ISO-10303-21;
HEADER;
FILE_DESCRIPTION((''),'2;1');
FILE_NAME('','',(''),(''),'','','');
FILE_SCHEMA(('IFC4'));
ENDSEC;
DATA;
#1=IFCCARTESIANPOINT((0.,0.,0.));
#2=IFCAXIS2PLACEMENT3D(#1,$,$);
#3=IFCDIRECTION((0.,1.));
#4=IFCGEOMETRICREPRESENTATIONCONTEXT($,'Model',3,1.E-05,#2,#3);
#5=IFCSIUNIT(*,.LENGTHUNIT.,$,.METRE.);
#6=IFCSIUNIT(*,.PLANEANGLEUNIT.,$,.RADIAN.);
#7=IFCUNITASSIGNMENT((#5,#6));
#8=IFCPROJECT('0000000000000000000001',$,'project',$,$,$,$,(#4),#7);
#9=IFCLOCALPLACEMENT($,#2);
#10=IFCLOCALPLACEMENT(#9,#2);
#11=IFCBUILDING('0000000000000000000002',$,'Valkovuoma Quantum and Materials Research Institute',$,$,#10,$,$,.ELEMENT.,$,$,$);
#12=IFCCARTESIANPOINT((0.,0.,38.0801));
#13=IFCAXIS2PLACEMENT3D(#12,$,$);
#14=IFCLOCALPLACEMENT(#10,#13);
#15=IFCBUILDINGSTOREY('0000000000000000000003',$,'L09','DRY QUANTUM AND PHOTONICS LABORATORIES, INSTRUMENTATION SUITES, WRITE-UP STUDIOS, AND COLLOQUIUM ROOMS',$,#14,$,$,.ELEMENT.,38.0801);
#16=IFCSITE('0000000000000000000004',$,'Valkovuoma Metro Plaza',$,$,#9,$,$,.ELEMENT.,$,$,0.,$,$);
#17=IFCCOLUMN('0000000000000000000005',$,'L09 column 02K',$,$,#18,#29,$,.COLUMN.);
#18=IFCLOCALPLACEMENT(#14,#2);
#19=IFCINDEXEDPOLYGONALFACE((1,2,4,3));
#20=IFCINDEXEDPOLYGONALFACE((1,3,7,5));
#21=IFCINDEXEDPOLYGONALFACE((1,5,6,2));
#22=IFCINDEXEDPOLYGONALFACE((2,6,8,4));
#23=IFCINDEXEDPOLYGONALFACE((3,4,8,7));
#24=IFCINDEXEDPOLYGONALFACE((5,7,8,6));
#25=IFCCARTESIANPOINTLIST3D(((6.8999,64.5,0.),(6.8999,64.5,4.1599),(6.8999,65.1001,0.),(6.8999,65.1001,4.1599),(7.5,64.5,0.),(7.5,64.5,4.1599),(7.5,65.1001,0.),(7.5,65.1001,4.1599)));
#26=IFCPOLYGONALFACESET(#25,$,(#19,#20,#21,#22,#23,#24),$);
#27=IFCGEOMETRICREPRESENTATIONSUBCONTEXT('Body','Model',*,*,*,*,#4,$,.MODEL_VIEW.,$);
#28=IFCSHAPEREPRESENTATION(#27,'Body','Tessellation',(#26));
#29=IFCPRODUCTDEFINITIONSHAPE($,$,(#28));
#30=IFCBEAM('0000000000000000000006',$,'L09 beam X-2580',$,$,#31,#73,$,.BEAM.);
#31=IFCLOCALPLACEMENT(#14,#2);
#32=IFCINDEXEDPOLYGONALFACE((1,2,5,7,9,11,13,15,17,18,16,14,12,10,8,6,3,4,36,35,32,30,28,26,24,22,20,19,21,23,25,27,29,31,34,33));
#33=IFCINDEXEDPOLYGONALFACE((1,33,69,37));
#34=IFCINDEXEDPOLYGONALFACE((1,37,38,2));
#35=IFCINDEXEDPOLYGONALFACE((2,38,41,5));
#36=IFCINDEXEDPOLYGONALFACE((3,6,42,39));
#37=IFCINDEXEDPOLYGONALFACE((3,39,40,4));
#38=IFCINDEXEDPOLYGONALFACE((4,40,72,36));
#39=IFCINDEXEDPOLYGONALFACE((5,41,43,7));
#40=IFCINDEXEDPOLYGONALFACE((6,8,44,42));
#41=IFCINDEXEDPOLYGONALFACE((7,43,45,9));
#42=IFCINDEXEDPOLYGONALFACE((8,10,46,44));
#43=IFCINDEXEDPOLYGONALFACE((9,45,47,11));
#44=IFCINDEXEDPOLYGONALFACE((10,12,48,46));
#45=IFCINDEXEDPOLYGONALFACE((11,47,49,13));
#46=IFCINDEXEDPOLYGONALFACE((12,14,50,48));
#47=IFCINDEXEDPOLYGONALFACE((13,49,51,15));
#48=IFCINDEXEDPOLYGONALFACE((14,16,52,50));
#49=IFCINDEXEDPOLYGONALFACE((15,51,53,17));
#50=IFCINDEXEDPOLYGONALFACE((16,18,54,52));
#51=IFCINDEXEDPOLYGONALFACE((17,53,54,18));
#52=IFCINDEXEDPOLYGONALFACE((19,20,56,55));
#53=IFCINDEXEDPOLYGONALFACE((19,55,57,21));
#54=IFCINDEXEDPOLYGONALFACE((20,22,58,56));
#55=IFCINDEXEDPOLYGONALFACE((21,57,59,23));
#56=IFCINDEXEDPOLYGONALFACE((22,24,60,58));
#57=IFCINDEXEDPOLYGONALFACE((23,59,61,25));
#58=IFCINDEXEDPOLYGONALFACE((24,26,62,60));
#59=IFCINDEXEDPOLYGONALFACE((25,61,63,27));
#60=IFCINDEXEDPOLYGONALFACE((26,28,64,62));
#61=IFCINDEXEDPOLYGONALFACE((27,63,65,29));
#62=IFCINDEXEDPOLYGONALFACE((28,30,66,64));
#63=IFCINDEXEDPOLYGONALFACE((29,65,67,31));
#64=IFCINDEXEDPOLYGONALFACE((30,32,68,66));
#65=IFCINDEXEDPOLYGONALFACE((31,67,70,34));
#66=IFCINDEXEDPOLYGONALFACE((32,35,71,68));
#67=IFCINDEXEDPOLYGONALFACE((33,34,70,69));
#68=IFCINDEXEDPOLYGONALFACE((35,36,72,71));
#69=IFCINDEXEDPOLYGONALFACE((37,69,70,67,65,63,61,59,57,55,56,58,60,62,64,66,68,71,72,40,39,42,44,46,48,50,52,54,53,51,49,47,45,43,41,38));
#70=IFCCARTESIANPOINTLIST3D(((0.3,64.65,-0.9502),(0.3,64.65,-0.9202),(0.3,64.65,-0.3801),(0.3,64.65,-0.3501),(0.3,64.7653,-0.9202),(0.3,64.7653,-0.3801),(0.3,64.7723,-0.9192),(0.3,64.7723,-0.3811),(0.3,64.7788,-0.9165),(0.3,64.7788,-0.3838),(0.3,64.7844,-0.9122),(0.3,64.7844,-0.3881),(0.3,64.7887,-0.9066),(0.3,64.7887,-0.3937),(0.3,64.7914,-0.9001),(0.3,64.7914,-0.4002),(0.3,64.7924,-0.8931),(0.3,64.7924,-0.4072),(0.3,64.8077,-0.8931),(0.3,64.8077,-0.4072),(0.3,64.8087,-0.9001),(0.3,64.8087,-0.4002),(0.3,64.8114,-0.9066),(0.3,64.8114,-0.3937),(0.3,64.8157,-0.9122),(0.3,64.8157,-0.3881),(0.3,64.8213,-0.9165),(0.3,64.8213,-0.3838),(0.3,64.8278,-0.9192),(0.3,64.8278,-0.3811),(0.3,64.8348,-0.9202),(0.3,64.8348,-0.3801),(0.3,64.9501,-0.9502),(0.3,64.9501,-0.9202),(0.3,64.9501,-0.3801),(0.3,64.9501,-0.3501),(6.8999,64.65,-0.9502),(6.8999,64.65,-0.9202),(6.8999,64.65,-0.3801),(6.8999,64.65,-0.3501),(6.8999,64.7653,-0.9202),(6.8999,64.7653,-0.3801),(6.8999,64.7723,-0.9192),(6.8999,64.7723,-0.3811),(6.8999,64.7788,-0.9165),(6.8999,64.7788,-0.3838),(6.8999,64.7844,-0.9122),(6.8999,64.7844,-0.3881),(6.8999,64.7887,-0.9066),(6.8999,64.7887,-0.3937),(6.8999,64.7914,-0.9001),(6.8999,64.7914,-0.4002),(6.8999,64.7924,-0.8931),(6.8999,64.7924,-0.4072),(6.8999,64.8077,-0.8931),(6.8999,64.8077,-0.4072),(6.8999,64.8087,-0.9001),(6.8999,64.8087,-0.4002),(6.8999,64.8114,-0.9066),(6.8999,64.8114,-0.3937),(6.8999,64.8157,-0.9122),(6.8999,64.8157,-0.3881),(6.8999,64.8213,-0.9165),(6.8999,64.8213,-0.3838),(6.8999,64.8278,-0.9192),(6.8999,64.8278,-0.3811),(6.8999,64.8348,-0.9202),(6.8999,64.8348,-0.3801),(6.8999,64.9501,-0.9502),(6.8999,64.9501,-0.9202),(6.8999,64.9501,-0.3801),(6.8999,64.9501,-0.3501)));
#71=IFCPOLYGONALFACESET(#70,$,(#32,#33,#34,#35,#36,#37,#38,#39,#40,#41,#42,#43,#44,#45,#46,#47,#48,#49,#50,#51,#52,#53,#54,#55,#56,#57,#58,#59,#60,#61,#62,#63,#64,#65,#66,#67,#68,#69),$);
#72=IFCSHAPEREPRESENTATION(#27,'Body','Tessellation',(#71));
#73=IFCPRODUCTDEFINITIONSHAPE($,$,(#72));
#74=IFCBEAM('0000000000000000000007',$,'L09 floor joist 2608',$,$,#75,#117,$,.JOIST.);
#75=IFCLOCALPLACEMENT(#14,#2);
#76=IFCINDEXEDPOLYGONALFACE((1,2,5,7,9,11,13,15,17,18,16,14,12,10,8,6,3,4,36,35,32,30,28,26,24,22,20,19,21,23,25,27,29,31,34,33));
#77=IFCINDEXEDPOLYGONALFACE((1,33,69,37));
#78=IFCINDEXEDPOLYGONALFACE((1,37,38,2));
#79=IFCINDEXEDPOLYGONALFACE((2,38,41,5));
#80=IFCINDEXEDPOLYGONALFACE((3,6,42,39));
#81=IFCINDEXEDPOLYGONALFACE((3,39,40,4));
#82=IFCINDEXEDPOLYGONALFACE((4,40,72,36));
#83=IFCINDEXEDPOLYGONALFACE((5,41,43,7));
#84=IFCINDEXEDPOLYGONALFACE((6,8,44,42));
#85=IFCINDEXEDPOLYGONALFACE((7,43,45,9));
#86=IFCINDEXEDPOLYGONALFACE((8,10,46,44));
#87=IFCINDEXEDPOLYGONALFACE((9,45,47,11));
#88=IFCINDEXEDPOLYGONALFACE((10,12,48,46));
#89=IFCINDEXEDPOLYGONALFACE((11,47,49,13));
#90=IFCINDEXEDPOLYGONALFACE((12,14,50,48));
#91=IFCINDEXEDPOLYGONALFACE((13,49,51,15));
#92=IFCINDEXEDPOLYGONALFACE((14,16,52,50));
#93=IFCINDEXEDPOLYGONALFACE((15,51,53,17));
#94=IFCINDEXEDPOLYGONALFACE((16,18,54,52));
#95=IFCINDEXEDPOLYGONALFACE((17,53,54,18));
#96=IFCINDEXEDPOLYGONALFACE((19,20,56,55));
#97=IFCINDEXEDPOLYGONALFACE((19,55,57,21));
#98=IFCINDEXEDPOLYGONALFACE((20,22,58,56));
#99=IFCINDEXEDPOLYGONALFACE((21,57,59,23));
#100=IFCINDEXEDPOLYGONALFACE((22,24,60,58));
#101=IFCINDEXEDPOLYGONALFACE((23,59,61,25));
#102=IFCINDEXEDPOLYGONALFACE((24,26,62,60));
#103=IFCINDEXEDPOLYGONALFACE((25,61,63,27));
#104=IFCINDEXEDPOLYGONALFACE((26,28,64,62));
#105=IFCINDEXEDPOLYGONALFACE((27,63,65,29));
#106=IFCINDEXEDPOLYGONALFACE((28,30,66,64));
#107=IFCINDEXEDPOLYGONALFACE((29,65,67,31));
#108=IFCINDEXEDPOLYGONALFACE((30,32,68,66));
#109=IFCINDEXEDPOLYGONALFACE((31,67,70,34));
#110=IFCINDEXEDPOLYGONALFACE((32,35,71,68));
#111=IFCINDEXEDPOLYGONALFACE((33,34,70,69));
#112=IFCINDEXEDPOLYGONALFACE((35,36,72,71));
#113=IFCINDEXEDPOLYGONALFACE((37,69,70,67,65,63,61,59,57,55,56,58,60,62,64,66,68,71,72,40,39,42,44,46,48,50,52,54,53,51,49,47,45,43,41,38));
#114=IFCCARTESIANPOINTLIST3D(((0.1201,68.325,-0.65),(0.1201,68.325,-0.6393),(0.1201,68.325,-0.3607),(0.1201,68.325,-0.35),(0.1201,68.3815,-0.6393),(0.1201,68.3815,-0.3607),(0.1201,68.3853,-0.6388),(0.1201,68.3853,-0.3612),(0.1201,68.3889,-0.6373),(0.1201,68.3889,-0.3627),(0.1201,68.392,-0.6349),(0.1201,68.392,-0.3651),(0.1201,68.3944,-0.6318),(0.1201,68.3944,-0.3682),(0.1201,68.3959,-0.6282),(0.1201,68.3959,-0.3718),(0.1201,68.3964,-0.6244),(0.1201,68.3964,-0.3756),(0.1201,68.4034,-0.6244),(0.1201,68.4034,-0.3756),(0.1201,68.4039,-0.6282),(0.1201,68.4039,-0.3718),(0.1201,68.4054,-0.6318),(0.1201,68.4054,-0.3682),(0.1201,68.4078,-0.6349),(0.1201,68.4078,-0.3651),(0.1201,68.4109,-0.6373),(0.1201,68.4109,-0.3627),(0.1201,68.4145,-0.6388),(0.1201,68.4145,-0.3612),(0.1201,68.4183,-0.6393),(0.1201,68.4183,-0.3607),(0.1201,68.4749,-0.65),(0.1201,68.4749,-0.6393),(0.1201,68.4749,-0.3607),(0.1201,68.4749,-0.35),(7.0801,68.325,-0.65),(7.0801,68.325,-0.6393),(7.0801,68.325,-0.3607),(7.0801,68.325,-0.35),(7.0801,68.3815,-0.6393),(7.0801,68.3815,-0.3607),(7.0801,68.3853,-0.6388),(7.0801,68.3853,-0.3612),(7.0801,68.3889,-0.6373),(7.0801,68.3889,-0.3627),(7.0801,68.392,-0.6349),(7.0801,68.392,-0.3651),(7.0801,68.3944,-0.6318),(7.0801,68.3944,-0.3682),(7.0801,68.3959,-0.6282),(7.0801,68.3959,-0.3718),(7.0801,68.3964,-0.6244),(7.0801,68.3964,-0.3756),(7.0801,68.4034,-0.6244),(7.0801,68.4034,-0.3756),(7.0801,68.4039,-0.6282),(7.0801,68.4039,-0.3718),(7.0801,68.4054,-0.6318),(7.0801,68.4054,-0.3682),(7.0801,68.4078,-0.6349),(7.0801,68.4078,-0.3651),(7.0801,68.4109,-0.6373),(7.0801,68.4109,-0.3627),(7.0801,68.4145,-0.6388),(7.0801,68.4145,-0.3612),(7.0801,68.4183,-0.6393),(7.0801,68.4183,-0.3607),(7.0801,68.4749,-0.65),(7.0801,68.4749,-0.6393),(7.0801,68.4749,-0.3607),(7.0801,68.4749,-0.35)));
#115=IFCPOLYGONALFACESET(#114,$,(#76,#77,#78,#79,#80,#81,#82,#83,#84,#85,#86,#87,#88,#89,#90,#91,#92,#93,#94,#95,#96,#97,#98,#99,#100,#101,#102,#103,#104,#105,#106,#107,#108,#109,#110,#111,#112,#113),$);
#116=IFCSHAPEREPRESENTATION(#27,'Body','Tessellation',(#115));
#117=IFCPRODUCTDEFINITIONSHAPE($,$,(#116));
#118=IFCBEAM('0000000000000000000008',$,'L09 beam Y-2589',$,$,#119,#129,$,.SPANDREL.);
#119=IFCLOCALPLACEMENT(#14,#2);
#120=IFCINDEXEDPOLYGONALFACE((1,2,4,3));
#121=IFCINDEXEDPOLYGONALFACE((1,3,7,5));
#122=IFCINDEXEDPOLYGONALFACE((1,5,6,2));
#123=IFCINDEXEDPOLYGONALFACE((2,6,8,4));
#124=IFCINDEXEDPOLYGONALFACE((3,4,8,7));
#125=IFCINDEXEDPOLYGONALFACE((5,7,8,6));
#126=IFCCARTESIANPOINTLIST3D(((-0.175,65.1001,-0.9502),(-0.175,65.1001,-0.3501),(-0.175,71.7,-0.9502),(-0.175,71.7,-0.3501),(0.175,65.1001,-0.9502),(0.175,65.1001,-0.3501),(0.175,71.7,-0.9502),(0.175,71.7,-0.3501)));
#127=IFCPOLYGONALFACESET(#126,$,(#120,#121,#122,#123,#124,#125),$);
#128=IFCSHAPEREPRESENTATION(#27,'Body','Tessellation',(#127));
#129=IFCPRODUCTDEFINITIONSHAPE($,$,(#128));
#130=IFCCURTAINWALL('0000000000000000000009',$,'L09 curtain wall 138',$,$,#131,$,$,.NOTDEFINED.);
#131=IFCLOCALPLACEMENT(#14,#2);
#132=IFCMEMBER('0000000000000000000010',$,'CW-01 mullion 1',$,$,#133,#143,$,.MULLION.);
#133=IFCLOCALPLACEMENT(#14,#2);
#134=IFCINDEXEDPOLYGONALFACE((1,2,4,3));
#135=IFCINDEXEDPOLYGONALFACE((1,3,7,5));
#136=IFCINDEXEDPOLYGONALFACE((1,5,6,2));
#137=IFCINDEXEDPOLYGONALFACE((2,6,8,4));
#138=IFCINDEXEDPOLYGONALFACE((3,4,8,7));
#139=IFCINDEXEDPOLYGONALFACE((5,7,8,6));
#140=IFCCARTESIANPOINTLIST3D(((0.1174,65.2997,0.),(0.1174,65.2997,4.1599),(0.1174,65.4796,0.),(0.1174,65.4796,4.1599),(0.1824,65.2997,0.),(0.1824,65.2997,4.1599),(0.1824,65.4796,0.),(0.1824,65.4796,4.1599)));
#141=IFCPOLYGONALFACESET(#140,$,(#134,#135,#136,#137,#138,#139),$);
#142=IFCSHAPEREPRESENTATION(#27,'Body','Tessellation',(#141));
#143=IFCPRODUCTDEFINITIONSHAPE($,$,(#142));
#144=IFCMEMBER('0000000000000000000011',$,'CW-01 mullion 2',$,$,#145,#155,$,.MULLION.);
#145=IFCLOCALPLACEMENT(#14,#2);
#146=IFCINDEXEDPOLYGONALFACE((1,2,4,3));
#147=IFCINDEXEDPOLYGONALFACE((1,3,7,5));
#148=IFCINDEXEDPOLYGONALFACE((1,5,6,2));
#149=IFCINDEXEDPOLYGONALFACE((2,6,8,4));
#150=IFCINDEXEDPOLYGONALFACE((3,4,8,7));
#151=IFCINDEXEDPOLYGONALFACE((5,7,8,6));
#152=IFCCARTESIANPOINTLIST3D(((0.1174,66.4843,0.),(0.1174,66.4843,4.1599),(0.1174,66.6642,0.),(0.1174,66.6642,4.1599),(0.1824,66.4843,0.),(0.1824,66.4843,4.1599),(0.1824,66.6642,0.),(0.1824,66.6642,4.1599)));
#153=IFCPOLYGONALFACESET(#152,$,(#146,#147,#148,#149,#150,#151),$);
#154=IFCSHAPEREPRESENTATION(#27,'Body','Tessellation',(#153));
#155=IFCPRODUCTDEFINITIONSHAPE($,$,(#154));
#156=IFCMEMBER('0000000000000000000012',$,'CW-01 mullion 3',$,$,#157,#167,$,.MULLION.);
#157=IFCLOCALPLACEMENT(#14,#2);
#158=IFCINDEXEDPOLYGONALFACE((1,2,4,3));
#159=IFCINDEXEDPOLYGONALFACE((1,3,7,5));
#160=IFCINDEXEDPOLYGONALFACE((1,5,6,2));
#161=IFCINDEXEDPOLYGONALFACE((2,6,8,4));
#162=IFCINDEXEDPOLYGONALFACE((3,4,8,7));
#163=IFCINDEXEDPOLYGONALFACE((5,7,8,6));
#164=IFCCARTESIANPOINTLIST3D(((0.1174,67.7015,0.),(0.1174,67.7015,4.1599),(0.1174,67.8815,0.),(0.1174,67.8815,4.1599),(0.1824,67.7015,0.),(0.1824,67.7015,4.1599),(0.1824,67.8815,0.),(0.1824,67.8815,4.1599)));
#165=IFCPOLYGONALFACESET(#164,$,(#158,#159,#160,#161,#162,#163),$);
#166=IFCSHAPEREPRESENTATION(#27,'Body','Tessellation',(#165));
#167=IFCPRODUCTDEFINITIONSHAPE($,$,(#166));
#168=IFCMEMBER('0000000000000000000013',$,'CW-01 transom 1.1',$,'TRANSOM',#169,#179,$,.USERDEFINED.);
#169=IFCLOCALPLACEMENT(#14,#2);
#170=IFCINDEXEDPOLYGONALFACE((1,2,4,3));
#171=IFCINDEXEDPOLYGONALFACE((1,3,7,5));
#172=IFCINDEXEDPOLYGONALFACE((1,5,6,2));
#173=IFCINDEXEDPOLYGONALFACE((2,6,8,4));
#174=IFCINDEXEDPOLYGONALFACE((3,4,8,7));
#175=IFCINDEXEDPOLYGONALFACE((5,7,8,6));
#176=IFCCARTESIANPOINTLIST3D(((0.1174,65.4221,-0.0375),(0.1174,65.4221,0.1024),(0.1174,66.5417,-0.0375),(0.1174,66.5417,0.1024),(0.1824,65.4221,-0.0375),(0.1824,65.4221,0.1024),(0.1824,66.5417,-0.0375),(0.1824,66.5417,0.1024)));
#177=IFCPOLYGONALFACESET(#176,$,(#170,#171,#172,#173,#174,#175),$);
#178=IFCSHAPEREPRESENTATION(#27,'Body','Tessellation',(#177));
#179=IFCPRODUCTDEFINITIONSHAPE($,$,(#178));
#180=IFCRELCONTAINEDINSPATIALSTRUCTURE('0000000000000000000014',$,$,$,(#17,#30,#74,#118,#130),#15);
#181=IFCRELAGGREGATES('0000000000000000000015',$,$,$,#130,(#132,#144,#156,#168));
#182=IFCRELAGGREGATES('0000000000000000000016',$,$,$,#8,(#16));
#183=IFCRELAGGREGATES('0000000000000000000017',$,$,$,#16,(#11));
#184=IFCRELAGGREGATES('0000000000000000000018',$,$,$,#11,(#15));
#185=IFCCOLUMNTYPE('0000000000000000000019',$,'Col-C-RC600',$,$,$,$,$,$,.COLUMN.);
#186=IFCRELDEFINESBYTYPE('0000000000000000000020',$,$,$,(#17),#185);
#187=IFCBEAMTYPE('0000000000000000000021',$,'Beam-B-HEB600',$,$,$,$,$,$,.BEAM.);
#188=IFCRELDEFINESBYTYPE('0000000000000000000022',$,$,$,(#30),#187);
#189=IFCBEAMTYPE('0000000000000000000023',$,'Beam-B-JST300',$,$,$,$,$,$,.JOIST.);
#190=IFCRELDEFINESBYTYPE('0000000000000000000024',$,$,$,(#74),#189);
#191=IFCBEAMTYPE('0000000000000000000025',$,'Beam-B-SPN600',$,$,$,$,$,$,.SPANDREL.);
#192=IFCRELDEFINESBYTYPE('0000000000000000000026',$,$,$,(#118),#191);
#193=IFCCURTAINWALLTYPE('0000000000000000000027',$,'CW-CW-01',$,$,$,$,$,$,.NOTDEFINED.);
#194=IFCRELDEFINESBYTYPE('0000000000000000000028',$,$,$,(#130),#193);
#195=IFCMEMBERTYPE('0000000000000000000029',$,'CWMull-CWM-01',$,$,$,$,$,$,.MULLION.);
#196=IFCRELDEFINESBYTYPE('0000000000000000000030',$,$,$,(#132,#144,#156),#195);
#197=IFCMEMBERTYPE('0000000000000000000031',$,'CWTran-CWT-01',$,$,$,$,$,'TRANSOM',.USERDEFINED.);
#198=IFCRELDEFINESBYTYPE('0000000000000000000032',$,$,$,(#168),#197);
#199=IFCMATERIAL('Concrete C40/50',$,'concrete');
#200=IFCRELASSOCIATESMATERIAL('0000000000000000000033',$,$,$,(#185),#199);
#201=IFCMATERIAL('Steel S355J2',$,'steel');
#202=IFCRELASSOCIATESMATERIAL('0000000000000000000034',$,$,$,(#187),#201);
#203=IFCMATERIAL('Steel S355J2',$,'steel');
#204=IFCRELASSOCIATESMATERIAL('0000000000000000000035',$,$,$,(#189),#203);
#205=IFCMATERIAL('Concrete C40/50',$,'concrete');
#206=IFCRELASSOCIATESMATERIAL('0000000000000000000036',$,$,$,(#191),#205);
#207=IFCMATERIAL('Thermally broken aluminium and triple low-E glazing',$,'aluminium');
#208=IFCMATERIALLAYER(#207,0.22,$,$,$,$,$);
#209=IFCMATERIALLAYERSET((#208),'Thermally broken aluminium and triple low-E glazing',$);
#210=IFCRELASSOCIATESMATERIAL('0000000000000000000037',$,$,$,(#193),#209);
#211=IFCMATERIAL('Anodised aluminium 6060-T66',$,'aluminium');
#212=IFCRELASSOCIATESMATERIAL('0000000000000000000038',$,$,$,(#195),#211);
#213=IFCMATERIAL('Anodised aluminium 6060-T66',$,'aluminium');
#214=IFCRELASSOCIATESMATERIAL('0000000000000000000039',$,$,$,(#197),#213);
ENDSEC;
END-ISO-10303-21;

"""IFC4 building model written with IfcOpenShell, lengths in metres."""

from ifc_helpers import new_model, si_unit, direction, frame, origin, origin_2d, place, context, subcontext, project, spatial, rectangle, i_section, extrude, material, layer, layer_set, material_profile, profile_set, type_object, element, aggregate, save


model = new_model("IFC4")

# Units and contexts
model_context = context("Model", 3, precision=1e-05, world=origin(), true_north=direction((0.0, 1.0)))
body_context = subcontext(model_context, "Body", "Model", "MODEL_VIEW")
ifc_project = project(units=[si_unit("LENGTHUNIT", "METRE"), si_unit("PLANEANGLEUNIT", "RADIAN")], contexts=[model_context])

# Site, building, storey
site_placement = place(None, origin())
site = spatial("IfcSite", under=ifc_project, at=site_placement, Name="Valkovuoma Metro Plaza", CompositionType="ELEMENT", RefElevation=0.0)
building_placement = place(site_placement, origin())
building = spatial("IfcBuilding", under=site, at=building_placement, Name="Valkovuoma Quantum and Materials Research Institute", CompositionType="ELEMENT")
storey_placement = place(building_placement, frame((0.0, 0.0, 38.0801)))
storey = spatial("IfcBuildingStorey", under=building, at=storey_placement, Name="L09", Description="DRY QUANTUM AND PHOTONICS LABORATORIES, INSTRUMENTATION SUITES, WRITE-UP STUDIOS, AND COLLOQUIUM ROOMS", CompositionType="ELEMENT", Elevation=38.0801)

# Column
ifc_material_1 = material(Name="Concrete C40/50", Category="concrete")
ifc_material_profile_1 = material_profile(ifc_material_1, rectangle(XDim=0.6001, YDim=0.6001, at=origin_2d()), Name="Concrete C40/50")
ifc_profile_set_1 = profile_set([ifc_material_profile_1], Name="Concrete C40/50")
column_type = type_object("IfcColumnType", Name="Col-C-RC600", PredefinedType="COLUMN", material=ifc_profile_set_1)
column_placement = place(storey_placement, frame((7.2, 64.8, 0.0), z_axis=(0.0, 0.0, 1.0), x_axis=(1.0, 0.0, 0.0)))
element("IfcColumn", 1, at=column_placement, inside=storey, type_object=column_type, Name="L09 column 02K", PredefinedType="COLUMN", context=body_context, shape_type="SweptSolid", body=[
    extrude(rectangle(XDim=0.6001, YDim=0.6001, at=origin_2d()), origin(), (0.0, 0.0, 1.0), 4.1599),
])

# Beams
ifc_material_2 = material(Name="Steel S355J2", Category="steel")
ifc_material_profile_2 = material_profile(ifc_material_2, i_section(OverallWidth=0.3, OverallDepth=0.6001, WebThickness=0.0154, FlangeThickness=0.03, FilletRadius=0.0271, at=origin_2d()), Name="Steel S355J2")
ifc_profile_set_2 = profile_set([ifc_material_profile_2], Name="Steel S355J2")
beam_type_1 = type_object("IfcBeamType", Name="Beam-B-HEB600", PredefinedType="BEAM", material=ifc_profile_set_2)
beam_1_placement = place(storey_placement, frame((0.3, 64.8, -0.6501), z_axis=(1.0, 0.0, 0.0), x_axis=(0.0, 1.0, 0.0)))
element("IfcBeam", 2, at=beam_1_placement, inside=storey, type_object=beam_type_1, Name="L09 beam X-2580", PredefinedType="BEAM", context=body_context, shape_type="SweptSolid", body=[
    extrude(i_section(OverallWidth=0.3, OverallDepth=0.6001, WebThickness=0.0154, FlangeThickness=0.03, FilletRadius=0.0271, at=origin_2d()), origin(), (0.0, 0.0, 1.0), 6.5999),
])
ifc_material_3 = material(Name="Steel S355J2", Category="steel")
ifc_material_profile_3 = material_profile(ifc_material_3, i_section(OverallWidth=0.1499, OverallDepth=0.3, WebThickness=0.0071, FlangeThickness=0.0107, FilletRadius=0.0149, at=origin_2d()), Name="Steel S355J2")
ifc_profile_set_3 = profile_set([ifc_material_profile_3], Name="Steel S355J2")
beam_type_2 = type_object("IfcBeamType", Name="Beam-B-JST300", PredefinedType="JOIST", material=ifc_profile_set_3)
beam_2_placement = place(storey_placement, frame((0.1201, 68.3999, -0.5), z_axis=(1.0, 0.0, 0.0), x_axis=(0.0, 1.0, 0.0)))
element("IfcBeam", 3, at=beam_2_placement, inside=storey, type_object=beam_type_2, Name="L09 floor joist 2608", PredefinedType="JOIST", context=body_context, shape_type="SweptSolid", body=[
    extrude(i_section(OverallWidth=0.1499, OverallDepth=0.3, WebThickness=0.0071, FlangeThickness=0.0107, FilletRadius=0.0149, at=origin_2d()), origin(), (0.0, 0.0, 1.0), 6.96),
])
ifc_material_4 = material(Name="Concrete C40/50", Category="concrete")
ifc_material_profile_4 = material_profile(ifc_material_4, rectangle(XDim=0.3501, YDim=0.6001, at=origin_2d()), Name="Concrete C40/50")
ifc_profile_set_4 = profile_set([ifc_material_profile_4], Name="Concrete C40/50")
beam_type_3 = type_object("IfcBeamType", Name="Beam-B-SPN600", PredefinedType="SPANDREL", material=ifc_profile_set_4)
beam_3_placement = place(storey_placement, frame((0.0, 65.1001, -0.6501), z_axis=(0.0, 1.0, 0.0), x_axis=(-1.0, 0.0, 0.0)))
element("IfcBeam", 4, at=beam_3_placement, inside=storey, type_object=beam_type_3, Name="L09 beam Y-2589", PredefinedType="SPANDREL", context=body_context, shape_type="SweptSolid", body=[
    extrude(rectangle(XDim=0.3501, YDim=0.6001, at=origin_2d()), origin(), (0.0, 0.0, 1.0), 6.5999),
])

# Curtain wall, members
ifc_material_5 = material(Name="Thermally broken aluminium and triple low-E glazing", Category="aluminium")
ifc_layer_1 = layer(ifc_material_5, 0.22)
ifc_layer_set_1 = layer_set([ifc_layer_1], Name="Thermally broken aluminium and triple low-E glazing")
curtain_wall_type = type_object("IfcCurtainWallType", Name="CW-CW-01", PredefinedType="NOTDEFINED", material=ifc_layer_set_1)
curtain_wall_placement = place(storey_placement, origin())
curtain_wall = element("IfcCurtainWall", 5, at=curtain_wall_placement, inside=storey, type_object=curtain_wall_type, Name="L09 curtain wall 138", PredefinedType="NOTDEFINED")
ifc_material_6 = material(Name="Anodised aluminium 6060-T66", Category="aluminium")
ifc_material_profile_5 = material_profile(ifc_material_6, rectangle(XDim=0.0649, YDim=0.1799, at=origin_2d()), Name="Anodised aluminium 6060-T66")
ifc_profile_set_5 = profile_set([ifc_material_profile_5], Name="Anodised aluminium 6060-T66")
member_type_1 = type_object("IfcMemberType", Name="CWMull-CWM-01", PredefinedType="MULLION", material=ifc_profile_set_5)
member_1_placement = place(storey_placement, frame((0.1499, 65.3896, 0.0), z_axis=(0.0, 0.0, 1.0), x_axis=(-1.0, 0.0, 0.0)))
member_1 = element("IfcMember", 6, at=member_1_placement, type_object=member_type_1, Name="CW-01 mullion 1", PredefinedType="MULLION", context=body_context, shape_type="SweptSolid", body=[
    extrude(rectangle(XDim=0.0649, YDim=0.1799, at=origin_2d()), origin(), (0.0, 0.0, 1.0), 4.1599),
])
member_2_placement = place(storey_placement, frame((0.1499, 66.5742, 0.0), z_axis=(0.0, 0.0, 1.0), x_axis=(-1.0, 0.0, 0.0)))
member_2 = element("IfcMember", 7, at=member_2_placement, type_object=member_type_1, Name="CW-01 mullion 2", PredefinedType="MULLION", context=body_context, shape_type="SweptSolid", body=[
    extrude(rectangle(XDim=0.0649, YDim=0.1799, at=origin_2d()), origin(), (0.0, 0.0, 1.0), 4.1599),
])
member_3_placement = place(storey_placement, frame((0.1499, 67.7915, 0.0), z_axis=(0.0, 0.0, 1.0), x_axis=(-1.0, 0.0, 0.0)))
member_3 = element("IfcMember", 8, at=member_3_placement, type_object=member_type_1, Name="CW-01 mullion 3", PredefinedType="MULLION", context=body_context, shape_type="SweptSolid", body=[
    extrude(rectangle(XDim=0.0649, YDim=0.1799, at=origin_2d()), origin(), (0.0, 0.0, 1.0), 4.1599),
])
ifc_material_7 = material(Name="Anodised aluminium 6060-T66", Category="aluminium")
ifc_material_profile_6 = material_profile(ifc_material_7, rectangle(XDim=0.0649, YDim=0.1399, at=origin_2d()), Name="Anodised aluminium 6060-T66")
ifc_profile_set_6 = profile_set([ifc_material_profile_6], Name="Anodised aluminium 6060-T66")
member_type_2 = type_object("IfcMemberType", Name="CWTran-CWT-01", ElementType="TRANSOM", PredefinedType="USERDEFINED", material=ifc_profile_set_6)
member_4_placement = place(storey_placement, frame((0.1499, 65.4221, 0.0325), z_axis=(0.0, 1.0, 0.0), x_axis=(-1.0, 0.0, 0.0)))
member_4 = element("IfcMember", 9, at=member_4_placement, type_object=member_type_2, Name="CW-01 transom 1.1", ObjectType="TRANSOM", PredefinedType="USERDEFINED", context=body_context, shape_type="SweptSolid", body=[
    extrude(rectangle(XDim=0.0649, YDim=0.1399, at=origin_2d()), origin(), (0.0, 0.0, 1.0), 1.1196),
])
aggregate(curtain_wall, [member_1, member_2, member_3, member_4])

save(model, "model.ifc")
